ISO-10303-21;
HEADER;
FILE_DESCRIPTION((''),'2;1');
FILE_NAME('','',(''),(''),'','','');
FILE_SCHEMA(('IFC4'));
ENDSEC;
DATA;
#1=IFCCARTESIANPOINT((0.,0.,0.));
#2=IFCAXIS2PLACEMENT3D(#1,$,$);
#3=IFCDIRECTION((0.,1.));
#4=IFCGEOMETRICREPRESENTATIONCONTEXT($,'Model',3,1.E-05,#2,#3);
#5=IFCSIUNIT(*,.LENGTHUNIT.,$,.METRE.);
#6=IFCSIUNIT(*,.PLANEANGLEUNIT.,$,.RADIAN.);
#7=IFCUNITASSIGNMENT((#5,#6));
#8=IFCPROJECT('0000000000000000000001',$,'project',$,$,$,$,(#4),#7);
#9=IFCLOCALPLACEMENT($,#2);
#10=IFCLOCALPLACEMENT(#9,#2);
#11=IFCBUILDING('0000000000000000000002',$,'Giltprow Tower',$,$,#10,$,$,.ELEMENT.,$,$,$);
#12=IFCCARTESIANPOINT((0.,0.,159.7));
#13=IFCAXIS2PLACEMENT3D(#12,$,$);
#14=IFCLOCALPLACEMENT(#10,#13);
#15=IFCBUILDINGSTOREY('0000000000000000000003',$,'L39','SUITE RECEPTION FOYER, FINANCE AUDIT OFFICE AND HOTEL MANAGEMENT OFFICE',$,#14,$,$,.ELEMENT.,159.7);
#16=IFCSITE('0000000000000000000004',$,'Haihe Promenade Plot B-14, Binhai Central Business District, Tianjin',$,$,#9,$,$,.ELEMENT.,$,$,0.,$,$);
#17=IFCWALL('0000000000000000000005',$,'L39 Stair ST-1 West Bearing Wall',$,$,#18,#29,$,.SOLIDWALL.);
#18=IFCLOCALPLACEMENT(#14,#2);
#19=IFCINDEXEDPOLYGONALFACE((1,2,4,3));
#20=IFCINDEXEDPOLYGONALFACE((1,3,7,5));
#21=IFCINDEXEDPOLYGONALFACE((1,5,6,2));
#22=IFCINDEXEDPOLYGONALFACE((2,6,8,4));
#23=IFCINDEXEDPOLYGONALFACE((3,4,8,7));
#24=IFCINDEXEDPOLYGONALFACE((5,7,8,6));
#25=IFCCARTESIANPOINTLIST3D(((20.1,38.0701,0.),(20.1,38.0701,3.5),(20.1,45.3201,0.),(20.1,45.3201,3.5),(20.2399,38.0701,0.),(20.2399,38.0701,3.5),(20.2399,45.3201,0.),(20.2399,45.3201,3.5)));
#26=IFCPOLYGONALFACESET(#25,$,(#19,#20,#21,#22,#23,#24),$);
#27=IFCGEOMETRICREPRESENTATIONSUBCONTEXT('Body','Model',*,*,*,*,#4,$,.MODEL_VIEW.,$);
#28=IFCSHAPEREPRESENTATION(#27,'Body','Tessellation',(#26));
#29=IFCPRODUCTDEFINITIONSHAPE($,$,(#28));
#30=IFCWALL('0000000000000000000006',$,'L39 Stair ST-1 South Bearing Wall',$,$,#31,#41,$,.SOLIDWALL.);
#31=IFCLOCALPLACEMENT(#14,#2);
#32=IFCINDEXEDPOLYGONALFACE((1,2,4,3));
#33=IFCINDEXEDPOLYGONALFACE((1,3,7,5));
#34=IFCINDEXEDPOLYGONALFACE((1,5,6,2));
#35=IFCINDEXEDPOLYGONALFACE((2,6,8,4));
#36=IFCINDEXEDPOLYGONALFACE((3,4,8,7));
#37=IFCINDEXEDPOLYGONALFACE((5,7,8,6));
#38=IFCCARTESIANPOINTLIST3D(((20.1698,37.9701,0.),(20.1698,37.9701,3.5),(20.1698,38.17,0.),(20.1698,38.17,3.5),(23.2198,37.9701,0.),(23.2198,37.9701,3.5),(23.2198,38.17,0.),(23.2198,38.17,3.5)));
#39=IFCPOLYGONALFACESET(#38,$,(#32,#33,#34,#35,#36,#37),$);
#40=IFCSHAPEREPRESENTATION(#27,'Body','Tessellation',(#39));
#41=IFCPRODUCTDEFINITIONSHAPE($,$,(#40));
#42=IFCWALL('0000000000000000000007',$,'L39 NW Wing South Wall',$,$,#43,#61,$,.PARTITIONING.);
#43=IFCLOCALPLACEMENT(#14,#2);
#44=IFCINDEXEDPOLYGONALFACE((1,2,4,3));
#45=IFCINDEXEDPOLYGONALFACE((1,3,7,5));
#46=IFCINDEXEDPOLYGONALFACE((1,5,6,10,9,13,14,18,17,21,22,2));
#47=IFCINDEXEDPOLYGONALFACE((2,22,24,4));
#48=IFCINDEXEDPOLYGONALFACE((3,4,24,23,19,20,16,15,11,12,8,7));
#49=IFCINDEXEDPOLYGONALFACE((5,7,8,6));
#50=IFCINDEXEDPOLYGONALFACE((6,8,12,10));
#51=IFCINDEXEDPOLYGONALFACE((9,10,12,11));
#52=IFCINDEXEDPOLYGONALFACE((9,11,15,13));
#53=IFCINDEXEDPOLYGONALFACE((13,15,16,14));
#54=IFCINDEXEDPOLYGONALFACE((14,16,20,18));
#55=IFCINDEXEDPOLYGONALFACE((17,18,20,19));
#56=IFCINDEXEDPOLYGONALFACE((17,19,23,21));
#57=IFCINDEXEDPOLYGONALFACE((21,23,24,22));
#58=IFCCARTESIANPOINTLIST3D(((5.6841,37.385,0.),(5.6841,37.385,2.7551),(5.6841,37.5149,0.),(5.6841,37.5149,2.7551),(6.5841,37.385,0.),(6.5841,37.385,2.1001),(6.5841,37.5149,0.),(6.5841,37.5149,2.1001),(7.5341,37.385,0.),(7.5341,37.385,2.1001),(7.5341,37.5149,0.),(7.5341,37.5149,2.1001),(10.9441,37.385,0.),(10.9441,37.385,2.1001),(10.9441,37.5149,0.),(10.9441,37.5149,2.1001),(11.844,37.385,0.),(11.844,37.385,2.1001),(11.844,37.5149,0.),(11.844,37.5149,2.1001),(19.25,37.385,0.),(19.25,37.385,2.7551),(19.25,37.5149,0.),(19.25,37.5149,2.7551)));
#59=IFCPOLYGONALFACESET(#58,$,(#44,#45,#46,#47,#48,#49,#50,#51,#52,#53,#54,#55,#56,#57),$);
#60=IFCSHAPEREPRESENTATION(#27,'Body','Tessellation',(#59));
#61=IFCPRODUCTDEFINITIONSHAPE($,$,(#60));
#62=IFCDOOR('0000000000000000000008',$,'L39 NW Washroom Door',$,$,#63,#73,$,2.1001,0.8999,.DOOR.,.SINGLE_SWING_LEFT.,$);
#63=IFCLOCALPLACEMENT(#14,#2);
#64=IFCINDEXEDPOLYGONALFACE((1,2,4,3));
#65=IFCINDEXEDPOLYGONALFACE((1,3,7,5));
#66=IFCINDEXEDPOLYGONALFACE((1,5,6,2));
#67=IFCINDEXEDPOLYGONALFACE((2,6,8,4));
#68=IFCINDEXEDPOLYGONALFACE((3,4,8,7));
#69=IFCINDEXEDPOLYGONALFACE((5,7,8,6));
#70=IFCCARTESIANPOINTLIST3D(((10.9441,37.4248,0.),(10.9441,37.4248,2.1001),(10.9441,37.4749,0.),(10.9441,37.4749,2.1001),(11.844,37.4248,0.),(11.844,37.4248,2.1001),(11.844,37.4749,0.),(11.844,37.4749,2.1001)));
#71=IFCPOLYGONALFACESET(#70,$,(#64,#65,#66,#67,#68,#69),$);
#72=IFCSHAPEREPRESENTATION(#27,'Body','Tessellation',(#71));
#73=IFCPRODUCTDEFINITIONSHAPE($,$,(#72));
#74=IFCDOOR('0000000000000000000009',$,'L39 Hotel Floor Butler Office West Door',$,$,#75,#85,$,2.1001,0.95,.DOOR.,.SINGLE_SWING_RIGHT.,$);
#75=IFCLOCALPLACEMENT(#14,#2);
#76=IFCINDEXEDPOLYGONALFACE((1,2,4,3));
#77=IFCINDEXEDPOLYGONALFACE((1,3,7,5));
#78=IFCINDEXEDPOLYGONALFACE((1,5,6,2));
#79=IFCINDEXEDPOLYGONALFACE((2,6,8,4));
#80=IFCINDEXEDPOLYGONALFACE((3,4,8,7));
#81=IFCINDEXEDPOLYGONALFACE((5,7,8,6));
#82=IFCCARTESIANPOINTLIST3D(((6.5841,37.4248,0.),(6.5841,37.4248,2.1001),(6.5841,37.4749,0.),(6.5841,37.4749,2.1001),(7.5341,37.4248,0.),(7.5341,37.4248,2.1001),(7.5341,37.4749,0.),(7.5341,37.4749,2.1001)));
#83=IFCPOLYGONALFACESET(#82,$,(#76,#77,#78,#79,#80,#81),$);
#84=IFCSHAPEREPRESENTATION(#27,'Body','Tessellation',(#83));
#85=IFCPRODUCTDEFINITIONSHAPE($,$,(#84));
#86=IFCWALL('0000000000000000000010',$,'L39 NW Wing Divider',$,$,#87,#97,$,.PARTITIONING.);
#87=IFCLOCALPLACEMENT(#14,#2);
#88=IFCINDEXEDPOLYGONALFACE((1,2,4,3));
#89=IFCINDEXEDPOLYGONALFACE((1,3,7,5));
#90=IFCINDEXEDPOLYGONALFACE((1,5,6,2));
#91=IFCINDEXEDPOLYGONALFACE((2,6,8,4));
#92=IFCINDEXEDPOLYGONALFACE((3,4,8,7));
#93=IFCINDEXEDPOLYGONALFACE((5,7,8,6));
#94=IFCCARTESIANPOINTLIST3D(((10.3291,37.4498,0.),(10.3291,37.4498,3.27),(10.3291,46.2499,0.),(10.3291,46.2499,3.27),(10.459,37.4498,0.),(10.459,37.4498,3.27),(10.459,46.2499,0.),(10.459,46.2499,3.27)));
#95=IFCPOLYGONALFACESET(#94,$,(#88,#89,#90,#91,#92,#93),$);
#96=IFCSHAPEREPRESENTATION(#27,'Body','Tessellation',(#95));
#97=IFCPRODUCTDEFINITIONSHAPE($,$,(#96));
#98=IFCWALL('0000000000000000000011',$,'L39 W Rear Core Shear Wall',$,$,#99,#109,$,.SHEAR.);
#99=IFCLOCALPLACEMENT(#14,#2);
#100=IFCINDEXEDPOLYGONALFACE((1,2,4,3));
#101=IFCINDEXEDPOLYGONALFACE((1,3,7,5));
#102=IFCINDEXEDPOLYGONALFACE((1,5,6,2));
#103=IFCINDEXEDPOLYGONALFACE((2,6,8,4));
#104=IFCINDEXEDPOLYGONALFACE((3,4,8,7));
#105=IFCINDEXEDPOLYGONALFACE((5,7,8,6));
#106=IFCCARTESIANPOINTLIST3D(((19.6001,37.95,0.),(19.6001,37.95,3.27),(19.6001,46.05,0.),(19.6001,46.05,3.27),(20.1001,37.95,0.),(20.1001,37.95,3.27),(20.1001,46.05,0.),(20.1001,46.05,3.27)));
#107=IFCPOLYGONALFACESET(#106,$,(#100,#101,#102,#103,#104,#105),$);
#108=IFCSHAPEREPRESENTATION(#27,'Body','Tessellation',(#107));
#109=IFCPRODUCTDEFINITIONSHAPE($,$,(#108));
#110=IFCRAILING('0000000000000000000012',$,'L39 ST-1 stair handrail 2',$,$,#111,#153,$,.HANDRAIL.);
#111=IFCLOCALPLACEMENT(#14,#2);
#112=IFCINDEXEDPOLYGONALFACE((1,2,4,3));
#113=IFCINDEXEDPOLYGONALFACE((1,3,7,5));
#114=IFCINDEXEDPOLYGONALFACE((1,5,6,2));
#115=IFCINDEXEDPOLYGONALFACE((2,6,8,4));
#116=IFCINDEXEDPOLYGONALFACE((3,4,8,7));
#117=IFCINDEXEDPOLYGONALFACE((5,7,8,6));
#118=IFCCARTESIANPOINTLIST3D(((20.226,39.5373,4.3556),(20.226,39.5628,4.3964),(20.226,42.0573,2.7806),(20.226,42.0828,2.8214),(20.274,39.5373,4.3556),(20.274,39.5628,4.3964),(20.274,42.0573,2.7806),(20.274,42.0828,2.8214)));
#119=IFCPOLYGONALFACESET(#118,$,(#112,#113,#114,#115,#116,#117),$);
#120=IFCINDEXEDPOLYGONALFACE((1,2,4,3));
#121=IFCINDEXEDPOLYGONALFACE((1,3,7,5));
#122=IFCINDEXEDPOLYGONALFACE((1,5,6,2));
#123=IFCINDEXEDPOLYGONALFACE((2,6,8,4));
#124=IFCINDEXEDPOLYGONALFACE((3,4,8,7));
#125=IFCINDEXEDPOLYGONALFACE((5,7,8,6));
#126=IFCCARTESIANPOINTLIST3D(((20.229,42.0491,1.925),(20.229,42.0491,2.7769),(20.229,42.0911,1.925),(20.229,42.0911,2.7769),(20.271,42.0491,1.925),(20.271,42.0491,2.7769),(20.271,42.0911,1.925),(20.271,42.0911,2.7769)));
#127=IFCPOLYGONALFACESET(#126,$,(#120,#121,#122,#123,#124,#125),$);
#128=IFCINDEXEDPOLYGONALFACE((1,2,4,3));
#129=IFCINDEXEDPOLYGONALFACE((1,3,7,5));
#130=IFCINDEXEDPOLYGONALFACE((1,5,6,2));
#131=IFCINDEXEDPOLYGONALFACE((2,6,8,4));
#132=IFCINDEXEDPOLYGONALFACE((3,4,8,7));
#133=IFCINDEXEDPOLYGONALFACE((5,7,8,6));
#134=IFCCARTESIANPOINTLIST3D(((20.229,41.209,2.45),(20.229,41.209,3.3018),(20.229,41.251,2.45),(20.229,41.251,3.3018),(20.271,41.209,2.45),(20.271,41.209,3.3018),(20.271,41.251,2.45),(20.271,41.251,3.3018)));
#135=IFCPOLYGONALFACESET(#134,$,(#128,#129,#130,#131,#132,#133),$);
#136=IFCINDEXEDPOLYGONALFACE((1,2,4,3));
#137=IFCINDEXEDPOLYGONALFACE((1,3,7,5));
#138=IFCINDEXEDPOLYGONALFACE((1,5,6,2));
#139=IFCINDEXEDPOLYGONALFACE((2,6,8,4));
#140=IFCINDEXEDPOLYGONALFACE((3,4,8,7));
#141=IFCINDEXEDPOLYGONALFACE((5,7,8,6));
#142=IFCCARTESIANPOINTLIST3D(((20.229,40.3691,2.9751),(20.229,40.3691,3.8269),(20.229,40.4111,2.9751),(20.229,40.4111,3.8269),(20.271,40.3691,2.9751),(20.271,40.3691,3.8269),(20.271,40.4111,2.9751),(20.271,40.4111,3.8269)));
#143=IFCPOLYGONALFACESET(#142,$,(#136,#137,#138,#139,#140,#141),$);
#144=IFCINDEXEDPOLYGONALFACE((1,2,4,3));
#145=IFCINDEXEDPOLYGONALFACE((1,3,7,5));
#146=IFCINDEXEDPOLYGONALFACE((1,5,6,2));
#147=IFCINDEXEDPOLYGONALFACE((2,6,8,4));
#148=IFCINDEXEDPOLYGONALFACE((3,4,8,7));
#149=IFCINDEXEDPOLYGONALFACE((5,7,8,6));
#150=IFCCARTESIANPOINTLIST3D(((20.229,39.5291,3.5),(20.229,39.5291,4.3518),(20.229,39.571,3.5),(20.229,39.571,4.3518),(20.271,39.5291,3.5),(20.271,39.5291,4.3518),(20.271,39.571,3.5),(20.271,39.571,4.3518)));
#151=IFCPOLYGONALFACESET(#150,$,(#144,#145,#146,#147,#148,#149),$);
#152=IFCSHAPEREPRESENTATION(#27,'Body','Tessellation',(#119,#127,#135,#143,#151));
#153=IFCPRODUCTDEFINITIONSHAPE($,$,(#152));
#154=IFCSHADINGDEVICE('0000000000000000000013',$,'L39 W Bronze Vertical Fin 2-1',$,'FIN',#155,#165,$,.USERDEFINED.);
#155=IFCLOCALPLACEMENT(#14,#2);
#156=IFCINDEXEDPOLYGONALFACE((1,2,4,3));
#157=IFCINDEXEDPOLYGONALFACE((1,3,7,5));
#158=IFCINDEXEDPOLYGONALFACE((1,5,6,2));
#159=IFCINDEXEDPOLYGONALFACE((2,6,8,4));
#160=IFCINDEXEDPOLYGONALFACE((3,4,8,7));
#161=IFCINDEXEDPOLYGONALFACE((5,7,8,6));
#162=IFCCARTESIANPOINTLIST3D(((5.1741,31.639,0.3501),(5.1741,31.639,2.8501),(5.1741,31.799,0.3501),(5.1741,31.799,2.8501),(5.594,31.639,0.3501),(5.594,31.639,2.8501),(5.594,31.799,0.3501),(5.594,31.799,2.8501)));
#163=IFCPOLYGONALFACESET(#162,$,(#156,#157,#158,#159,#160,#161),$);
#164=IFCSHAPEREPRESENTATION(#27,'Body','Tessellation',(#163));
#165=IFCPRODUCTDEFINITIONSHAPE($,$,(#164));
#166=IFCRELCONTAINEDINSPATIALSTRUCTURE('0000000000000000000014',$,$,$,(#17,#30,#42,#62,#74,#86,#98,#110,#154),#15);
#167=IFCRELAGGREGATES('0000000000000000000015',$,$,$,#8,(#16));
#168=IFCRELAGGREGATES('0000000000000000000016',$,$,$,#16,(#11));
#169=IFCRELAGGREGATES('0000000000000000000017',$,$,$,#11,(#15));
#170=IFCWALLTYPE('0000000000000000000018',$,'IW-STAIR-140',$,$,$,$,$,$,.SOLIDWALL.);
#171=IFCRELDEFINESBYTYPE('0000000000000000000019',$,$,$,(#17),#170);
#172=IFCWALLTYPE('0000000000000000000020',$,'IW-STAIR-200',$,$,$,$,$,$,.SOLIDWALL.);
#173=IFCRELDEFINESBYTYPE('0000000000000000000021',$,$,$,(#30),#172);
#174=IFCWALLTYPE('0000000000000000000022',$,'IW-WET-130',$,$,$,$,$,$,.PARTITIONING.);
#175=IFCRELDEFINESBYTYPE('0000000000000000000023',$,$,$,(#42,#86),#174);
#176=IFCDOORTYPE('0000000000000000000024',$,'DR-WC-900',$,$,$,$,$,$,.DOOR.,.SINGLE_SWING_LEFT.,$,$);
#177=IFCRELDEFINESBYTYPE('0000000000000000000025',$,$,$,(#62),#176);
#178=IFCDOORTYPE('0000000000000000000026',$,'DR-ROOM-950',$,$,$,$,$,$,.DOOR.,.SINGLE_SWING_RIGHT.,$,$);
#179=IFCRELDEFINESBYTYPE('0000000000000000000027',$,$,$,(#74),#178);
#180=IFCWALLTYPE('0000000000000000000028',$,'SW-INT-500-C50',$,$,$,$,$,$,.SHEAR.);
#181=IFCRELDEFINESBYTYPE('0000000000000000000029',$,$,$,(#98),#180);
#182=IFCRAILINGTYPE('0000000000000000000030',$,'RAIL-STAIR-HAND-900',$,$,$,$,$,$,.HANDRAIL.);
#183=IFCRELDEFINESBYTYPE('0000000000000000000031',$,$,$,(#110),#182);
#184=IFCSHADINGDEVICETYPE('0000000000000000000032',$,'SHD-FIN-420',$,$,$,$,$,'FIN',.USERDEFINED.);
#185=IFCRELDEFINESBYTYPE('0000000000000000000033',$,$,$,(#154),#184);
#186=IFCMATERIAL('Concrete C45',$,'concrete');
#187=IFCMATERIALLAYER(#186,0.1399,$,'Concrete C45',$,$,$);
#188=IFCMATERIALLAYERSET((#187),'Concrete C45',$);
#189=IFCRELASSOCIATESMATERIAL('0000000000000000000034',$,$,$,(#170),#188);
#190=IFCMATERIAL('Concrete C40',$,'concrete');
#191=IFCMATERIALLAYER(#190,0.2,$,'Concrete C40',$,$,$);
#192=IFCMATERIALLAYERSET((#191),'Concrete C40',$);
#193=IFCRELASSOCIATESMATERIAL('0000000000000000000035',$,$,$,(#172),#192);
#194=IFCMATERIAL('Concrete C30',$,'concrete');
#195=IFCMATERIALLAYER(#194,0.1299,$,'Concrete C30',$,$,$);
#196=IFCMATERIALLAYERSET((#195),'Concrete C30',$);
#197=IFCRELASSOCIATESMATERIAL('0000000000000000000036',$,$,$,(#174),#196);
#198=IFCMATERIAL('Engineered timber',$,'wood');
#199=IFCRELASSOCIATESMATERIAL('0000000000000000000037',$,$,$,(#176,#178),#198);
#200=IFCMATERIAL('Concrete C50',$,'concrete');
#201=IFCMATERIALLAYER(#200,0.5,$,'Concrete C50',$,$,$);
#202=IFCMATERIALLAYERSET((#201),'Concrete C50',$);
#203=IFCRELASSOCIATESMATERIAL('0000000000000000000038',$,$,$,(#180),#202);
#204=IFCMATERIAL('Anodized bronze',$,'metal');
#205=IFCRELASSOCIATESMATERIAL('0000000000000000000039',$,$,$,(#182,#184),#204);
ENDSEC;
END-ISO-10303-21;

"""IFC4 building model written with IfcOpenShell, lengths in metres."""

from ifc_helpers import new_model, si_unit, direction, frame, frame_2d, origin, origin_2d, place, context, subcontext, project, spatial, rectangle, extrude, source, transform, mapped, material, layer, layer_set, type_object, element, fill, save


model = new_model("IFC4")

# Units and contexts
model_context = context("Model", 3, precision=1e-05, world=origin(), true_north=direction((0.0, 1.0)))
body_context = subcontext(model_context, "Body", "Model", "MODEL_VIEW")
ifc_project = project(units=[si_unit("LENGTHUNIT", "METRE"), si_unit("PLANEANGLEUNIT", "RADIAN")], contexts=[model_context])

# Site, building, storey
site_placement = place(None, origin())
site = spatial("IfcSite", under=ifc_project, at=site_placement, Name="Haihe Promenade Plot B-14, Binhai Central Business District, Tianjin", CompositionType="ELEMENT", RefElevation=0.0)
building_placement = place(site_placement, origin())
building = spatial("IfcBuilding", under=site, at=building_placement, Name="Giltprow Tower", CompositionType="ELEMENT")
storey_placement = place(building_placement, frame((0.0, 0.0, 159.7)))
storey = spatial("IfcBuildingStorey", under=building, at=storey_placement, Name="L39", Description="SUITE RECEPTION FOYER, FINANCE AUDIT OFFICE AND HOTEL MANAGEMENT OFFICE", CompositionType="ELEMENT", Elevation=159.7)

# Shared definitions
ifc_material_1 = material(Name="Concrete C50", Category="concrete")

# Shared definitions
ifc_material_2 = material(Name="Engineered timber", Category="wood")

# Walls
ifc_material_3 = material(Name="Concrete C45", Category="concrete")
ifc_layer_1 = layer(ifc_material_3, 0.1399, Name="Concrete C45")
ifc_layer_set_1 = layer_set([ifc_layer_1], Name="Concrete C45")
wall_type_1 = type_object("IfcWallType", Name="IW-STAIR-140", PredefinedType="SOLIDWALL", material=ifc_layer_set_1)
wall_1_placement = place(storey_placement, frame((20.1699, 38.0701, 0.0), z_axis=(0.0, 0.0, 1.0), x_axis=(0.0, 1.0, 0.0)))
element("IfcWall", 1, at=wall_1_placement, inside=storey, type_object=wall_type_1, Name="L39 Stair ST-1 West Bearing Wall", PredefinedType="SOLIDWALL", context=body_context, shape_type="SweptSolid", body=[
    extrude(rectangle(XDim=7.25, YDim=0.1399, at=frame_2d((3.625, 0.0))), origin(), (0.0, 0.0, 1.0), 3.5),
])
ifc_material_4 = material(Name="Concrete C40", Category="concrete")
ifc_layer_2 = layer(ifc_material_4, 0.2, Name="Concrete C40")
ifc_layer_set_2 = layer_set([ifc_layer_2], Name="Concrete C40")
wall_type_2 = type_object("IfcWallType", Name="IW-STAIR-200", PredefinedType="SOLIDWALL", material=ifc_layer_set_2)
wall_2_placement = place(storey_placement, frame((20.1699, 38.0701, 0.0), z_axis=(0.0, 0.0, 1.0), x_axis=(1.0, 0.0, 0.0)))
element("IfcWall", 2, at=wall_2_placement, inside=storey, type_object=wall_type_2, Name="L39 Stair ST-1 South Bearing Wall", PredefinedType="SOLIDWALL", context=body_context, shape_type="SweptSolid", body=[
    extrude(rectangle(XDim=3.05, YDim=0.2, at=frame_2d((1.5249, 0.0))), origin(), (0.0, 0.0, 1.0), 3.5),
])

# Wall, openings, doors
ifc_material_5 = material(Name="Concrete C30", Category="concrete")
ifc_layer_3 = layer(ifc_material_5, 0.1299, Name="Concrete C30")
ifc_layer_set_3 = layer_set([ifc_layer_3], Name="Concrete C30")
wall_type_3 = type_object("IfcWallType", Name="IW-WET-130", PredefinedType="PARTITIONING", material=ifc_layer_set_3)
wall_3_placement = place(storey_placement, frame((5.6841, 37.45, 0.0), z_axis=(0.0, 0.0, 1.0), x_axis=(1.0, 0.0, 0.0)))
wall_3 = element("IfcWall", 3, at=wall_3_placement, inside=storey, type_object=wall_type_3, Name="L39 NW Wing South Wall", PredefinedType="PARTITIONING", context=body_context, shape_type="SweptSolid", body=[
    extrude(rectangle(XDim=13.5659, YDim=0.1299, at=frame_2d((6.783, 0.0))), origin(), (0.0, 0.0, 1.0), 2.7551),
])
opening_1_placement = place(wall_3_placement, frame((0.8999, 0.0, 0.0)))
opening_1 = element("IfcOpeningElement", 4, at=opening_1_placement, cuts=wall_3, PredefinedType="OPENING", context=body_context, shape_type="SweptSolid", body=[
    extrude(rectangle(XDim=0.95, YDim=2.1001, at=frame_2d((0.4751, 1.05))), frame((0.0, 0.075, 0.0), z_axis=(0.0, -1.0, 0.0), x_axis=(1.0, 0.0, 0.0)), (0.0, 0.0, 1.0), 0.1499),
])
opening_2_placement = place(wall_3_placement, frame((5.26, 0.0, 0.0)))
opening_2 = element("IfcOpeningElement", 5, at=opening_2_placement, cuts=wall_3, PredefinedType="OPENING", context=body_context, shape_type="SweptSolid", body=[
    extrude(rectangle(XDim=0.8999, YDim=2.1001, at=frame_2d((0.45, 1.05))), frame((0.0, 0.075, 0.0), z_axis=(0.0, -1.0, 0.0), x_axis=(1.0, 0.0, 0.0)), (0.0, 0.0, 1.0), 0.1499),
])
door_type_1 = type_object("IfcDoorType", Name="DR-WC-900", OperationType="SINGLE_SWING_LEFT", PredefinedType="DOOR", material=ifc_material_2)
shared_shape_1 = source(origin(), body_context, "Body", "SweptSolid", [
    extrude(rectangle(XDim=0.8999, YDim=2.1001, at=frame_2d((0.45, 1.05))), frame((0.0, 0.0249, 0.0), z_axis=(0.0, -1.0, 0.0), x_axis=(1.0, 0.0, 0.0)), (0.0, 0.0, 1.0), 0.05),
])
door_1_placement = place(opening_2_placement, origin())
door_1 = element("IfcDoor", 6, at=door_1_placement, inside=storey, type_object=door_type_1, Name="L39 NW Washroom Door", OperationType="SINGLE_SWING_LEFT", OverallHeight=2.1001, OverallWidth=0.8999, PredefinedType="DOOR", context=body_context, shape_type="MappedRepresentation", body=[
    mapped(shared_shape_1, transform((0.0, 0.0, 0.0), x_axis=(1.0, 0.0, 0.0), y_axis=(0.0, 1.0, 0.0), z_axis=(0.0, 0.0, 1.0), scale=1.0)),
])
fill(opening_2, door_1)
door_type_2 = type_object("IfcDoorType", Name="DR-ROOM-950", OperationType="SINGLE_SWING_RIGHT", PredefinedType="DOOR", material=ifc_material_2)
shared_shape_2 = source(origin(), body_context, "Body", "SweptSolid", [
    extrude(rectangle(XDim=0.95, YDim=2.1001, at=frame_2d((0.4751, 1.05))), frame((0.0, 0.0249, 0.0), z_axis=(0.0, -1.0, 0.0), x_axis=(1.0, 0.0, 0.0)), (0.0, 0.0, 1.0), 0.05),
])
door_2_placement = place(opening_1_placement, origin())
door_2 = element("IfcDoor", 7, at=door_2_placement, inside=storey, type_object=door_type_2, Name="L39 Hotel Floor Butler Office West Door", OperationType="SINGLE_SWING_RIGHT", OverallHeight=2.1001, OverallWidth=0.95, PredefinedType="DOOR", context=body_context, shape_type="MappedRepresentation", body=[
    mapped(shared_shape_2, transform((0.0, 0.0, 0.0), x_axis=(1.0, 0.0, 0.0), y_axis=(0.0, 1.0, 0.0), z_axis=(0.0, 0.0, 1.0), scale=1.0)),
])
fill(opening_1, door_2)

# Walls
wall_4_placement = place(storey_placement, frame((10.394, 37.45, 0.0), z_axis=(0.0, 0.0, 1.0), x_axis=(0.0, 1.0, 0.0)))
element("IfcWall", 8, at=wall_4_placement, inside=storey, type_object=wall_type_3, Name="L39 NW Wing Divider", PredefinedType="PARTITIONING", context=body_context, shape_type="SweptSolid", body=[
    extrude(rectangle(XDim=8.8, YDim=0.1299, at=frame_2d((4.3999, 0.0))), origin(), (0.0, 0.0, 1.0), 3.27),
])
ifc_layer_4 = layer(ifc_material_1, 0.5, Name="Concrete C50")
ifc_layer_set_4 = layer_set([ifc_layer_4], Name="Concrete C50")
wall_type_4 = type_object("IfcWallType", Name="SW-INT-500-C50", PredefinedType="SHEAR", material=ifc_layer_set_4)
wall_5_placement = place(storey_placement, frame((19.8501, 37.95, 0.0), z_axis=(0.0, 0.0, 1.0), x_axis=(0.0, 1.0, 0.0)))
element("IfcWall", 9, at=wall_5_placement, inside=storey, type_object=wall_type_4, Name="L39 W Rear Core Shear Wall", PredefinedType="SHEAR", context=body_context, shape_type="SweptSolid", body=[
    extrude(rectangle(XDim=8.1001, YDim=0.5, at=frame_2d((4.05, 0.0))), origin(), (0.0, 0.0, 1.0), 3.27),
])

# Railing
ifc_material_6 = material(Name="Anodized bronze", Category="metal")
railing_type = type_object("IfcRailingType", Name="RAIL-STAIR-HAND-900", PredefinedType="HANDRAIL", material=ifc_material_6)
railing_placement = place(storey_placement, frame((20.25, 42.0701, 1.925)))
element("IfcRailing", 10, at=railing_placement, inside=storey, type_object=railing_type, Name="L39 ST-1 stair handrail 2", PredefinedType="HANDRAIL", context=body_context, shape_type="SweptSolid", body=[
    extrude(rectangle(XDim=0.0481, YDim=0.0481, at=origin_2d()), frame((0.0, 0.0, 0.876), z_axis=(0.0, -0.848008, 0.529984), x_axis=(1.0, 0.0, 0.0)), (0.0, 0.0, 1.0), 2.9717),
    extrude(rectangle(XDim=0.042, YDim=0.042, at=origin_2d()), origin(), (0.0, 0.0, 1.0), 0.8518),
    extrude(rectangle(XDim=0.042, YDim=0.042, at=origin_2d()), frame((0.0, -0.8401, 0.5249)), (0.0, 0.0, 1.0), 0.8518),
    extrude(rectangle(XDim=0.042, YDim=0.042, at=origin_2d()), frame((0.0, -1.6799, 1.05)), (0.0, 0.0, 1.0), 0.8518),
    extrude(rectangle(XDim=0.042, YDim=0.042, at=origin_2d()), frame((0.0, -2.52, 1.575)), (0.0, 0.0, 1.0), 0.8518),
])

# Shading device
shading_device_type = type_object("IfcShadingDeviceType", Name="SHD-FIN-420", ElementType="FIN", PredefinedType="USERDEFINED", material=ifc_material_6)
shared_shape_3 = source(origin(), body_context, "Body", "SweptSolid", [
    extrude(rectangle(XDim=0.4199, YDim=0.1599, at=origin_2d()), origin(), (0.0, 0.0, 1.0), 2.5),
])
shading_device_placement = place(storey_placement, frame((5.384, 31.719, 0.3501), z_axis=(0.0, 0.0, 1.0), x_axis=(1.0, 0.0, 0.0)))
element("IfcShadingDevice", 11, at=shading_device_placement, inside=storey, type_object=shading_device_type, Name="L39 W Bronze Vertical Fin 2-1", ObjectType="FIN", PredefinedType="USERDEFINED", context=body_context, shape_type="MappedRepresentation", body=[
    mapped(shared_shape_3, transform((0.0, 0.0, 0.0), x_axis=(1.0, 0.0, 0.0), y_axis=(0.0, 1.0, 0.0), z_axis=(0.0, 0.0, 1.0), scale=1.0)),
])

save(model, "model.ifc")
